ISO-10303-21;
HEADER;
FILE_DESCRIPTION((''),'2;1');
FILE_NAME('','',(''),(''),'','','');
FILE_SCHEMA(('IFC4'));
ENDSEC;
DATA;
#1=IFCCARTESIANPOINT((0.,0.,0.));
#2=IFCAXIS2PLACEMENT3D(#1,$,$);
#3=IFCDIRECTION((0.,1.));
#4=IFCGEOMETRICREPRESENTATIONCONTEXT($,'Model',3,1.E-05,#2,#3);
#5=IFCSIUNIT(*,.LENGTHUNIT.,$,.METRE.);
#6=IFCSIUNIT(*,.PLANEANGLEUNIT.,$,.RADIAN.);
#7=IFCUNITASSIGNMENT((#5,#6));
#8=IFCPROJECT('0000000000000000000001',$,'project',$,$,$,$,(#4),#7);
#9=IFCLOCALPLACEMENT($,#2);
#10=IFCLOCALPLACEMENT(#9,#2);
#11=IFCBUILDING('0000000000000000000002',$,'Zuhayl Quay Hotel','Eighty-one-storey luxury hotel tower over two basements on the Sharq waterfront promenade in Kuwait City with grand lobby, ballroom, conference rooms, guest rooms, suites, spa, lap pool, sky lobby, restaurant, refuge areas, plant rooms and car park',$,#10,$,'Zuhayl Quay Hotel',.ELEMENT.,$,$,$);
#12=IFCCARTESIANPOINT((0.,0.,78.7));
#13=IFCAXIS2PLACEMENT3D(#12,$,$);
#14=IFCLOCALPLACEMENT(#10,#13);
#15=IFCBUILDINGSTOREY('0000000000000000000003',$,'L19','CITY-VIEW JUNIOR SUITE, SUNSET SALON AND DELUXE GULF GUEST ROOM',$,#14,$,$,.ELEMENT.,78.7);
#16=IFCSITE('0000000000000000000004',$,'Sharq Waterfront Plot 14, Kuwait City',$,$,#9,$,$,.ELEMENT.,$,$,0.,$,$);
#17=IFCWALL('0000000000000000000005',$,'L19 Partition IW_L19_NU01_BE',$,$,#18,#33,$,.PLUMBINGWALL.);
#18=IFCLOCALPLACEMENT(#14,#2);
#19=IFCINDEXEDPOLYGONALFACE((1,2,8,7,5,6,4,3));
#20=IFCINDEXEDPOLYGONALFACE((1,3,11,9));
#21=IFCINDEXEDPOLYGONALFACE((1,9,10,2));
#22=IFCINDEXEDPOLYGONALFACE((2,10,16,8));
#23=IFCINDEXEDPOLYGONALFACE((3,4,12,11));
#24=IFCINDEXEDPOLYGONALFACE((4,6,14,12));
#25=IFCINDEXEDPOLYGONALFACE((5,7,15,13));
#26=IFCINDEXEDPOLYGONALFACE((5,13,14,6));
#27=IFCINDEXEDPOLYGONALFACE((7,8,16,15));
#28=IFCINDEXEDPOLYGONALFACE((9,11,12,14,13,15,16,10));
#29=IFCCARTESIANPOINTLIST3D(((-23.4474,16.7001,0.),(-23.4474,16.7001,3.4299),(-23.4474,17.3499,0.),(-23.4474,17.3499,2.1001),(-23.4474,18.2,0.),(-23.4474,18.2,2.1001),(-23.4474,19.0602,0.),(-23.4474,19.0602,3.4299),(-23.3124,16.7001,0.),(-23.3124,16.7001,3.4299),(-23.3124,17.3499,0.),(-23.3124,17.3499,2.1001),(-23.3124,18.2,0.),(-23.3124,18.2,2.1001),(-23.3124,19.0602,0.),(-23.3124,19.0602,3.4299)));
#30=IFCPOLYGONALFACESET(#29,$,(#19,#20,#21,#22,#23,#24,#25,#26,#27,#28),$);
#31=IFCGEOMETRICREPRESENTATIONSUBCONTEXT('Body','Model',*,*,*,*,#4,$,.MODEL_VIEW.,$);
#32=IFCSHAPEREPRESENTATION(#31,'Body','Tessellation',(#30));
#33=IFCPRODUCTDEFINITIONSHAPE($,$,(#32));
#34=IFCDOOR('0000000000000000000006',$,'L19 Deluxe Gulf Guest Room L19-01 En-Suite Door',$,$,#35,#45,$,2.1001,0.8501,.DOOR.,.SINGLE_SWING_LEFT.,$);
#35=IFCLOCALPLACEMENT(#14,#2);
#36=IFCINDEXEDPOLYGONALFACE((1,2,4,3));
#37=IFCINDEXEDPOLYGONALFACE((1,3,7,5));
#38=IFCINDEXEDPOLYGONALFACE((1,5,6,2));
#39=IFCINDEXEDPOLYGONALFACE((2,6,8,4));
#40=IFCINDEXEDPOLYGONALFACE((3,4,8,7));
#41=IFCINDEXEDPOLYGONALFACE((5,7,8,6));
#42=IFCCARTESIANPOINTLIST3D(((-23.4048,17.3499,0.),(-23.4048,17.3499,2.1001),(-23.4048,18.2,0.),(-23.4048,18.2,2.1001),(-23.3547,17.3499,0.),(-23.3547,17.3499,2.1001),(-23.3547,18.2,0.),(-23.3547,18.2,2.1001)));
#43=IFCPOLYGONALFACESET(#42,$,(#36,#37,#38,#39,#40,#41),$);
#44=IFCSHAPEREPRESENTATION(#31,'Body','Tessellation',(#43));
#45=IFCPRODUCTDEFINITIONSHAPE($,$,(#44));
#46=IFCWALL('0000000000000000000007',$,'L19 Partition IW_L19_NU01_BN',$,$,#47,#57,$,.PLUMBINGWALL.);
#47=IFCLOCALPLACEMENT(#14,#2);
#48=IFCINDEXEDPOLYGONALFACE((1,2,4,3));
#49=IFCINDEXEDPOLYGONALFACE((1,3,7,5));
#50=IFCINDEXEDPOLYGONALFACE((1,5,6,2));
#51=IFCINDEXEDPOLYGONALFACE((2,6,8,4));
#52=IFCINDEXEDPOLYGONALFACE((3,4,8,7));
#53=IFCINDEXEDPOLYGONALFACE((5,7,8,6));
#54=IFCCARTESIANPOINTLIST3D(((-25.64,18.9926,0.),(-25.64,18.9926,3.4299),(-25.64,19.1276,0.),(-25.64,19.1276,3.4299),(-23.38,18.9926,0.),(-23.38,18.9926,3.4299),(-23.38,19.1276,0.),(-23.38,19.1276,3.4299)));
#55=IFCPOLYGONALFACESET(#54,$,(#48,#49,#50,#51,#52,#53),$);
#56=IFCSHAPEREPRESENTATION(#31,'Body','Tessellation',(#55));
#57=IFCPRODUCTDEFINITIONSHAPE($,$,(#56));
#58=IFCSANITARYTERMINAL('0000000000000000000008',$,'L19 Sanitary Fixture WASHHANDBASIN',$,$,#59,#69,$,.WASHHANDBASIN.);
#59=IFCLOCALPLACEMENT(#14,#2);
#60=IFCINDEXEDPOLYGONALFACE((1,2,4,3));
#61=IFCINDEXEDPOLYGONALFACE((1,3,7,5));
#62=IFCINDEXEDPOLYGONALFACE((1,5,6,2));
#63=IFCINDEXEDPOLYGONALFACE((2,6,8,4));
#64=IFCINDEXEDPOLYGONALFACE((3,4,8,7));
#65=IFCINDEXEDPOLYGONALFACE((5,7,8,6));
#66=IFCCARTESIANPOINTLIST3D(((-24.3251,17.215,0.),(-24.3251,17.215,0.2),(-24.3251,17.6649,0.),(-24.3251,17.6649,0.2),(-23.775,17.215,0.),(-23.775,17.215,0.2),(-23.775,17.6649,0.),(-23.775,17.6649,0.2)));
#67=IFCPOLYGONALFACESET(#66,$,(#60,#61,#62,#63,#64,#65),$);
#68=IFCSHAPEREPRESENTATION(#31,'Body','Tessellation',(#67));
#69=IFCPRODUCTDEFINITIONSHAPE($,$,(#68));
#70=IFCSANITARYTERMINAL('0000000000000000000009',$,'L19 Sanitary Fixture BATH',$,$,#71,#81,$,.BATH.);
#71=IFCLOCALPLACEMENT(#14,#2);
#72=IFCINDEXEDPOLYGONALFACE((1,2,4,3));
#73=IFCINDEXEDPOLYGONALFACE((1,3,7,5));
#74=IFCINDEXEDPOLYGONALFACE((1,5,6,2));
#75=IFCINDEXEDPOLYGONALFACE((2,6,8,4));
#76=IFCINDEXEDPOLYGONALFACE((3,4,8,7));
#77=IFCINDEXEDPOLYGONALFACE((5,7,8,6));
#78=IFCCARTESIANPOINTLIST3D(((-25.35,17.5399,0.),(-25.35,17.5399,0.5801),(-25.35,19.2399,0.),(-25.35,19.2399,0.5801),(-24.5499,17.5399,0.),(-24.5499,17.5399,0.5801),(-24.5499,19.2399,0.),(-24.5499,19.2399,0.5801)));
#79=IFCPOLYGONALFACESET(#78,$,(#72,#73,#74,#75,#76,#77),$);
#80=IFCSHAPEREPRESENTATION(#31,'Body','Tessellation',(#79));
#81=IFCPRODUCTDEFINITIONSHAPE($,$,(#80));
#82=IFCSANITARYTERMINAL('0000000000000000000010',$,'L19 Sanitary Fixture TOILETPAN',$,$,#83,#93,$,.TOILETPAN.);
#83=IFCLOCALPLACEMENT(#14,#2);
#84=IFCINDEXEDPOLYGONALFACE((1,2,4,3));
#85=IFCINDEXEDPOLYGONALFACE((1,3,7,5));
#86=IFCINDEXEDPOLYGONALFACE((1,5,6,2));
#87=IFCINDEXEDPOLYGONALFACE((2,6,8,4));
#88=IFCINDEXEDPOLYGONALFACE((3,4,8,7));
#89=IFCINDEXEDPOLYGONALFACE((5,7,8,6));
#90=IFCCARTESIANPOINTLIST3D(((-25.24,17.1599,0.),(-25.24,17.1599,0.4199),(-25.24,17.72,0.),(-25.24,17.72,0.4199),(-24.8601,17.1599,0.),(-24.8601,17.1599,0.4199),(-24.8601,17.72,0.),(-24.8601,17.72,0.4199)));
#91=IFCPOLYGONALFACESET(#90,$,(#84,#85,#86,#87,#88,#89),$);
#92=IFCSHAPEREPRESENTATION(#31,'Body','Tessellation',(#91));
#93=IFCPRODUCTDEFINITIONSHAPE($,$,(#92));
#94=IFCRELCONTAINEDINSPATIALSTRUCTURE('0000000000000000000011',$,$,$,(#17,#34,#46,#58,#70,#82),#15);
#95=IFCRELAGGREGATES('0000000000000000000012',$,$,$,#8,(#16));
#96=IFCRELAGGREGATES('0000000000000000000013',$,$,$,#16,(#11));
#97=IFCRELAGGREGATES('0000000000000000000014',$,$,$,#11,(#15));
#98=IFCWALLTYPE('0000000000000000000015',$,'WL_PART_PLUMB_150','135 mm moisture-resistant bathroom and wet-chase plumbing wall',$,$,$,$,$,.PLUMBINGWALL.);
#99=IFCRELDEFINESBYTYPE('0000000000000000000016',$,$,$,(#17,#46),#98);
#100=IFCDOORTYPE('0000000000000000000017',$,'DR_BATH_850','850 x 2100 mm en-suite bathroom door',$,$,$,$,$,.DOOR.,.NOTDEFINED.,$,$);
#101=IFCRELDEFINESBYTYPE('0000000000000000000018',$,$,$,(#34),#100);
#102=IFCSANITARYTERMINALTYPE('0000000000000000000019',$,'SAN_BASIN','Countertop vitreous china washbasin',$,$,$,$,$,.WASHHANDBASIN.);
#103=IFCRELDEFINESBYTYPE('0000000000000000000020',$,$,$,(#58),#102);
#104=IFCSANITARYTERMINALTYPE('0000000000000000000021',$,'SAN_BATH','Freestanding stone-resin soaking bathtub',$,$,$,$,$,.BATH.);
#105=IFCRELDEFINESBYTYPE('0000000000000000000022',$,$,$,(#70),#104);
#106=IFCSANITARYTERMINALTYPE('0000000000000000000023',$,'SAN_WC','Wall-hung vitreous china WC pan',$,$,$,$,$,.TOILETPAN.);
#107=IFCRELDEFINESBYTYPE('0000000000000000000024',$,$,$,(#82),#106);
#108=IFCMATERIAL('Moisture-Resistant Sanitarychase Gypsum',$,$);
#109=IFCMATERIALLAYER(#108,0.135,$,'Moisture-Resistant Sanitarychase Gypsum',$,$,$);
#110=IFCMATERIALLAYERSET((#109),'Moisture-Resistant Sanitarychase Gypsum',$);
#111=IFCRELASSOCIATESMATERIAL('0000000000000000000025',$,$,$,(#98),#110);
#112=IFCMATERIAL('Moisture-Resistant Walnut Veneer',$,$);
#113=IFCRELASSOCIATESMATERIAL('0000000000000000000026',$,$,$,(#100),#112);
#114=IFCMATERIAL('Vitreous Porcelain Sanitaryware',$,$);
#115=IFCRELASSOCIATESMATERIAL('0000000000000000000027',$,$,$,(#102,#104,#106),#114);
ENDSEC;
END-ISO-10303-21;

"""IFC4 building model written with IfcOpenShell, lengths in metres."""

from ifc_helpers import new_model, si_unit, direction, frame, frame_2d, origin, origin_2d, place, context, subcontext, project, spatial, rectangle, extrude, material, layer, layer_set, type_object, element, fill, save


model = new_model("IFC4")

# Units and contexts
model_context = context("Model", 3, precision=1e-05, world=origin(), true_north=direction((0.0, 1.0)))
body_context = subcontext(model_context, "Body", "Model", "MODEL_VIEW")
ifc_project = project(units=[si_unit("LENGTHUNIT", "METRE"), si_unit("PLANEANGLEUNIT", "RADIAN")], contexts=[model_context])

# Site, building, storey
site_placement = place(None, origin())
site = spatial("IfcSite", under=ifc_project, at=site_placement, Name="Sharq Waterfront Plot 14, Kuwait City", CompositionType="ELEMENT", RefElevation=0.0)
building_placement = place(site_placement, origin())
building = spatial("IfcBuilding", under=site, at=building_placement, Name="Zuhayl Quay Hotel", Description="Eighty-one-storey luxury hotel tower over two basements on the Sharq waterfront promenade in Kuwait City with grand lobby, ballroom, conference rooms, guest rooms, suites, spa, lap pool, sky lobby, restaurant, refuge areas, plant rooms and car park", LongName="Zuhayl Quay Hotel", CompositionType="ELEMENT")
storey_placement = place(building_placement, frame((0.0, 0.0, 78.7)))
storey = spatial("IfcBuildingStorey", under=building, at=storey_placement, Name="L19", Description="CITY-VIEW JUNIOR SUITE, SUNSET SALON AND DELUXE GULF GUEST ROOM", CompositionType="ELEMENT", Elevation=78.7)

# Wall, opening, door
ifc_material_1 = material(Name="Moisture-Resistant Sanitarychase Gypsum")
ifc_layer_1 = layer(ifc_material_1, 0.135, Name="Moisture-Resistant Sanitarychase Gypsum")
ifc_layer_set_1 = layer_set([ifc_layer_1], Name="Moisture-Resistant Sanitarychase Gypsum")
wall_type_1 = type_object("IfcWallType", Name="WL_PART_PLUMB_150", Description="135 mm moisture-resistant bathroom and wet-chase plumbing wall", PredefinedType="PLUMBINGWALL", material=ifc_layer_set_1)
wall_1_placement = place(storey_placement, frame((-23.3799, 16.7, 0.0), z_axis=(0.0, 0.0, 1.0), x_axis=(0.0, 1.0, 0.0)))
wall_1 = element("IfcWall", 1, at=wall_1_placement, inside=storey, type_object=wall_type_1, Name="L19 Partition IW_L19_NU01_BE", PredefinedType="PLUMBINGWALL", context=body_context, shape_type="SweptSolid", body=[
    extrude(rectangle(XDim=2.3601, YDim=0.135, at=frame_2d((1.1802, 0.0))), origin(), (0.0, 0.0, 1.0), 3.4299),
])
opening_1_placement = place(wall_1_placement, frame((0.6499, 0.0, 0.0)))
opening_1 = element("IfcOpeningElement", 2, at=opening_1_placement, cuts=wall_1, PredefinedType="OPENING", context=body_context, shape_type="SweptSolid", body=[
    extrude(rectangle(XDim=0.8501, YDim=2.1001, at=frame_2d((0.425, 1.05))), frame((0.0, 0.0774, 0.0), z_axis=(0.0, -1.0, 0.0), x_axis=(1.0, 0.0, 0.0)), (0.0, 0.0, 1.0), 0.155),
])
ifc_material_2 = material(Name="Moisture-Resistant Walnut Veneer")
door_type_1 = type_object("IfcDoorType", Name="DR_BATH_850", Description="850 x 2100 mm en-suite bathroom door", OperationType="NOTDEFINED", PredefinedType="DOOR", material=ifc_material_2)
door_1_placement = place(opening_1_placement, origin())
door_1 = element("IfcDoor", 3, at=door_1_placement, inside=storey, type_object=door_type_1, Name="L19 Deluxe Gulf Guest Room L19-01 En-Suite Door", OperationType="SINGLE_SWING_LEFT", OverallHeight=2.1001, OverallWidth=0.8501, PredefinedType="DOOR", context=body_context, shape_type="SweptSolid", body=[
    extrude(rectangle(XDim=0.8501, YDim=2.1001, at=frame_2d((0.425, 1.05))), frame((0.0, 0.0249, 0.0), z_axis=(0.0, -1.0, 0.0), x_axis=(1.0, 0.0, 0.0)), (0.0, 0.0, 1.0), 0.05),
])
fill(opening_1, door_1)

# Wall
wall_2_placement = place(storey_placement, frame((-25.6399, 19.0601, 0.0), z_axis=(0.0, 0.0, 1.0), x_axis=(1.0, 0.0, 0.0)))
element("IfcWall", 4, at=wall_2_placement, inside=storey, type_object=wall_type_1, Name="L19 Partition IW_L19_NU01_BN", PredefinedType="PLUMBINGWALL", context=body_context, shape_type="SweptSolid", body=[
    extrude(rectangle(XDim=2.26, YDim=0.135, at=frame_2d((1.1299, 0.0))), origin(), (0.0, 0.0, 1.0), 3.4299),
])

# Sanitary terminals
ifc_material_3 = material(Name="Vitreous Porcelain Sanitaryware")
sanitary_terminal_type_1 = type_object("IfcSanitaryTerminalType", Name="SAN_BASIN", Description="Countertop vitreous china washbasin", PredefinedType="WASHHANDBASIN", material=ifc_material_3)
sanitary_terminal_1_placement = place(storey_placement, frame((-24.05, 17.4399, 0.0), z_axis=(0.0, 0.0, 1.0), x_axis=(1.0, 0.0, 0.0)))
element("IfcSanitaryTerminal", 5, at=sanitary_terminal_1_placement, inside=storey, type_object=sanitary_terminal_type_1, Name="L19 Sanitary Fixture WASHHANDBASIN", PredefinedType="WASHHANDBASIN", context=body_context, shape_type="SweptSolid", body=[
    extrude(rectangle(XDim=0.55, YDim=0.45, at=origin_2d()), origin(), (0.0, 0.0, 1.0), 0.2),
])
sanitary_terminal_type_2 = type_object("IfcSanitaryTerminalType", Name="SAN_BATH", Description="Freestanding stone-resin soaking bathtub", PredefinedType="BATH", material=ifc_material_3)
sanitary_terminal_2_placement = place(storey_placement, frame((-24.95, 18.3899, 0.0), z_axis=(0.0, 0.0, 1.0), x_axis=(1.0, 0.0, 0.0)))
element("IfcSanitaryTerminal", 6, at=sanitary_terminal_2_placement, inside=storey, type_object=sanitary_terminal_type_2, Name="L19 Sanitary Fixture BATH", PredefinedType="BATH", context=body_context, shape_type="SweptSolid", body=[
    extrude(rectangle(XDim=0.8, YDim=1.7, at=origin_2d()), origin(), (0.0, 0.0, 1.0), 0.5801),
])
sanitary_terminal_type_3 = type_object("IfcSanitaryTerminalType", Name="SAN_WC", Description="Wall-hung vitreous china WC pan", PredefinedType="TOILETPAN", material=ifc_material_3)
sanitary_terminal_3_placement = place(storey_placement, frame((-25.05, 17.4399, 0.0), z_axis=(0.0, 0.0, 1.0), x_axis=(1.0, 0.0, 0.0)))
element("IfcSanitaryTerminal", 7, at=sanitary_terminal_3_placement, inside=storey, type_object=sanitary_terminal_type_3, Name="L19 Sanitary Fixture TOILETPAN", PredefinedType="TOILETPAN", context=body_context, shape_type="SweptSolid", body=[
    extrude(rectangle(XDim=0.3799, YDim=0.5601, at=origin_2d()), origin(), (0.0, 0.0, 1.0), 0.4199),
])

save(model, "model.ifc")
